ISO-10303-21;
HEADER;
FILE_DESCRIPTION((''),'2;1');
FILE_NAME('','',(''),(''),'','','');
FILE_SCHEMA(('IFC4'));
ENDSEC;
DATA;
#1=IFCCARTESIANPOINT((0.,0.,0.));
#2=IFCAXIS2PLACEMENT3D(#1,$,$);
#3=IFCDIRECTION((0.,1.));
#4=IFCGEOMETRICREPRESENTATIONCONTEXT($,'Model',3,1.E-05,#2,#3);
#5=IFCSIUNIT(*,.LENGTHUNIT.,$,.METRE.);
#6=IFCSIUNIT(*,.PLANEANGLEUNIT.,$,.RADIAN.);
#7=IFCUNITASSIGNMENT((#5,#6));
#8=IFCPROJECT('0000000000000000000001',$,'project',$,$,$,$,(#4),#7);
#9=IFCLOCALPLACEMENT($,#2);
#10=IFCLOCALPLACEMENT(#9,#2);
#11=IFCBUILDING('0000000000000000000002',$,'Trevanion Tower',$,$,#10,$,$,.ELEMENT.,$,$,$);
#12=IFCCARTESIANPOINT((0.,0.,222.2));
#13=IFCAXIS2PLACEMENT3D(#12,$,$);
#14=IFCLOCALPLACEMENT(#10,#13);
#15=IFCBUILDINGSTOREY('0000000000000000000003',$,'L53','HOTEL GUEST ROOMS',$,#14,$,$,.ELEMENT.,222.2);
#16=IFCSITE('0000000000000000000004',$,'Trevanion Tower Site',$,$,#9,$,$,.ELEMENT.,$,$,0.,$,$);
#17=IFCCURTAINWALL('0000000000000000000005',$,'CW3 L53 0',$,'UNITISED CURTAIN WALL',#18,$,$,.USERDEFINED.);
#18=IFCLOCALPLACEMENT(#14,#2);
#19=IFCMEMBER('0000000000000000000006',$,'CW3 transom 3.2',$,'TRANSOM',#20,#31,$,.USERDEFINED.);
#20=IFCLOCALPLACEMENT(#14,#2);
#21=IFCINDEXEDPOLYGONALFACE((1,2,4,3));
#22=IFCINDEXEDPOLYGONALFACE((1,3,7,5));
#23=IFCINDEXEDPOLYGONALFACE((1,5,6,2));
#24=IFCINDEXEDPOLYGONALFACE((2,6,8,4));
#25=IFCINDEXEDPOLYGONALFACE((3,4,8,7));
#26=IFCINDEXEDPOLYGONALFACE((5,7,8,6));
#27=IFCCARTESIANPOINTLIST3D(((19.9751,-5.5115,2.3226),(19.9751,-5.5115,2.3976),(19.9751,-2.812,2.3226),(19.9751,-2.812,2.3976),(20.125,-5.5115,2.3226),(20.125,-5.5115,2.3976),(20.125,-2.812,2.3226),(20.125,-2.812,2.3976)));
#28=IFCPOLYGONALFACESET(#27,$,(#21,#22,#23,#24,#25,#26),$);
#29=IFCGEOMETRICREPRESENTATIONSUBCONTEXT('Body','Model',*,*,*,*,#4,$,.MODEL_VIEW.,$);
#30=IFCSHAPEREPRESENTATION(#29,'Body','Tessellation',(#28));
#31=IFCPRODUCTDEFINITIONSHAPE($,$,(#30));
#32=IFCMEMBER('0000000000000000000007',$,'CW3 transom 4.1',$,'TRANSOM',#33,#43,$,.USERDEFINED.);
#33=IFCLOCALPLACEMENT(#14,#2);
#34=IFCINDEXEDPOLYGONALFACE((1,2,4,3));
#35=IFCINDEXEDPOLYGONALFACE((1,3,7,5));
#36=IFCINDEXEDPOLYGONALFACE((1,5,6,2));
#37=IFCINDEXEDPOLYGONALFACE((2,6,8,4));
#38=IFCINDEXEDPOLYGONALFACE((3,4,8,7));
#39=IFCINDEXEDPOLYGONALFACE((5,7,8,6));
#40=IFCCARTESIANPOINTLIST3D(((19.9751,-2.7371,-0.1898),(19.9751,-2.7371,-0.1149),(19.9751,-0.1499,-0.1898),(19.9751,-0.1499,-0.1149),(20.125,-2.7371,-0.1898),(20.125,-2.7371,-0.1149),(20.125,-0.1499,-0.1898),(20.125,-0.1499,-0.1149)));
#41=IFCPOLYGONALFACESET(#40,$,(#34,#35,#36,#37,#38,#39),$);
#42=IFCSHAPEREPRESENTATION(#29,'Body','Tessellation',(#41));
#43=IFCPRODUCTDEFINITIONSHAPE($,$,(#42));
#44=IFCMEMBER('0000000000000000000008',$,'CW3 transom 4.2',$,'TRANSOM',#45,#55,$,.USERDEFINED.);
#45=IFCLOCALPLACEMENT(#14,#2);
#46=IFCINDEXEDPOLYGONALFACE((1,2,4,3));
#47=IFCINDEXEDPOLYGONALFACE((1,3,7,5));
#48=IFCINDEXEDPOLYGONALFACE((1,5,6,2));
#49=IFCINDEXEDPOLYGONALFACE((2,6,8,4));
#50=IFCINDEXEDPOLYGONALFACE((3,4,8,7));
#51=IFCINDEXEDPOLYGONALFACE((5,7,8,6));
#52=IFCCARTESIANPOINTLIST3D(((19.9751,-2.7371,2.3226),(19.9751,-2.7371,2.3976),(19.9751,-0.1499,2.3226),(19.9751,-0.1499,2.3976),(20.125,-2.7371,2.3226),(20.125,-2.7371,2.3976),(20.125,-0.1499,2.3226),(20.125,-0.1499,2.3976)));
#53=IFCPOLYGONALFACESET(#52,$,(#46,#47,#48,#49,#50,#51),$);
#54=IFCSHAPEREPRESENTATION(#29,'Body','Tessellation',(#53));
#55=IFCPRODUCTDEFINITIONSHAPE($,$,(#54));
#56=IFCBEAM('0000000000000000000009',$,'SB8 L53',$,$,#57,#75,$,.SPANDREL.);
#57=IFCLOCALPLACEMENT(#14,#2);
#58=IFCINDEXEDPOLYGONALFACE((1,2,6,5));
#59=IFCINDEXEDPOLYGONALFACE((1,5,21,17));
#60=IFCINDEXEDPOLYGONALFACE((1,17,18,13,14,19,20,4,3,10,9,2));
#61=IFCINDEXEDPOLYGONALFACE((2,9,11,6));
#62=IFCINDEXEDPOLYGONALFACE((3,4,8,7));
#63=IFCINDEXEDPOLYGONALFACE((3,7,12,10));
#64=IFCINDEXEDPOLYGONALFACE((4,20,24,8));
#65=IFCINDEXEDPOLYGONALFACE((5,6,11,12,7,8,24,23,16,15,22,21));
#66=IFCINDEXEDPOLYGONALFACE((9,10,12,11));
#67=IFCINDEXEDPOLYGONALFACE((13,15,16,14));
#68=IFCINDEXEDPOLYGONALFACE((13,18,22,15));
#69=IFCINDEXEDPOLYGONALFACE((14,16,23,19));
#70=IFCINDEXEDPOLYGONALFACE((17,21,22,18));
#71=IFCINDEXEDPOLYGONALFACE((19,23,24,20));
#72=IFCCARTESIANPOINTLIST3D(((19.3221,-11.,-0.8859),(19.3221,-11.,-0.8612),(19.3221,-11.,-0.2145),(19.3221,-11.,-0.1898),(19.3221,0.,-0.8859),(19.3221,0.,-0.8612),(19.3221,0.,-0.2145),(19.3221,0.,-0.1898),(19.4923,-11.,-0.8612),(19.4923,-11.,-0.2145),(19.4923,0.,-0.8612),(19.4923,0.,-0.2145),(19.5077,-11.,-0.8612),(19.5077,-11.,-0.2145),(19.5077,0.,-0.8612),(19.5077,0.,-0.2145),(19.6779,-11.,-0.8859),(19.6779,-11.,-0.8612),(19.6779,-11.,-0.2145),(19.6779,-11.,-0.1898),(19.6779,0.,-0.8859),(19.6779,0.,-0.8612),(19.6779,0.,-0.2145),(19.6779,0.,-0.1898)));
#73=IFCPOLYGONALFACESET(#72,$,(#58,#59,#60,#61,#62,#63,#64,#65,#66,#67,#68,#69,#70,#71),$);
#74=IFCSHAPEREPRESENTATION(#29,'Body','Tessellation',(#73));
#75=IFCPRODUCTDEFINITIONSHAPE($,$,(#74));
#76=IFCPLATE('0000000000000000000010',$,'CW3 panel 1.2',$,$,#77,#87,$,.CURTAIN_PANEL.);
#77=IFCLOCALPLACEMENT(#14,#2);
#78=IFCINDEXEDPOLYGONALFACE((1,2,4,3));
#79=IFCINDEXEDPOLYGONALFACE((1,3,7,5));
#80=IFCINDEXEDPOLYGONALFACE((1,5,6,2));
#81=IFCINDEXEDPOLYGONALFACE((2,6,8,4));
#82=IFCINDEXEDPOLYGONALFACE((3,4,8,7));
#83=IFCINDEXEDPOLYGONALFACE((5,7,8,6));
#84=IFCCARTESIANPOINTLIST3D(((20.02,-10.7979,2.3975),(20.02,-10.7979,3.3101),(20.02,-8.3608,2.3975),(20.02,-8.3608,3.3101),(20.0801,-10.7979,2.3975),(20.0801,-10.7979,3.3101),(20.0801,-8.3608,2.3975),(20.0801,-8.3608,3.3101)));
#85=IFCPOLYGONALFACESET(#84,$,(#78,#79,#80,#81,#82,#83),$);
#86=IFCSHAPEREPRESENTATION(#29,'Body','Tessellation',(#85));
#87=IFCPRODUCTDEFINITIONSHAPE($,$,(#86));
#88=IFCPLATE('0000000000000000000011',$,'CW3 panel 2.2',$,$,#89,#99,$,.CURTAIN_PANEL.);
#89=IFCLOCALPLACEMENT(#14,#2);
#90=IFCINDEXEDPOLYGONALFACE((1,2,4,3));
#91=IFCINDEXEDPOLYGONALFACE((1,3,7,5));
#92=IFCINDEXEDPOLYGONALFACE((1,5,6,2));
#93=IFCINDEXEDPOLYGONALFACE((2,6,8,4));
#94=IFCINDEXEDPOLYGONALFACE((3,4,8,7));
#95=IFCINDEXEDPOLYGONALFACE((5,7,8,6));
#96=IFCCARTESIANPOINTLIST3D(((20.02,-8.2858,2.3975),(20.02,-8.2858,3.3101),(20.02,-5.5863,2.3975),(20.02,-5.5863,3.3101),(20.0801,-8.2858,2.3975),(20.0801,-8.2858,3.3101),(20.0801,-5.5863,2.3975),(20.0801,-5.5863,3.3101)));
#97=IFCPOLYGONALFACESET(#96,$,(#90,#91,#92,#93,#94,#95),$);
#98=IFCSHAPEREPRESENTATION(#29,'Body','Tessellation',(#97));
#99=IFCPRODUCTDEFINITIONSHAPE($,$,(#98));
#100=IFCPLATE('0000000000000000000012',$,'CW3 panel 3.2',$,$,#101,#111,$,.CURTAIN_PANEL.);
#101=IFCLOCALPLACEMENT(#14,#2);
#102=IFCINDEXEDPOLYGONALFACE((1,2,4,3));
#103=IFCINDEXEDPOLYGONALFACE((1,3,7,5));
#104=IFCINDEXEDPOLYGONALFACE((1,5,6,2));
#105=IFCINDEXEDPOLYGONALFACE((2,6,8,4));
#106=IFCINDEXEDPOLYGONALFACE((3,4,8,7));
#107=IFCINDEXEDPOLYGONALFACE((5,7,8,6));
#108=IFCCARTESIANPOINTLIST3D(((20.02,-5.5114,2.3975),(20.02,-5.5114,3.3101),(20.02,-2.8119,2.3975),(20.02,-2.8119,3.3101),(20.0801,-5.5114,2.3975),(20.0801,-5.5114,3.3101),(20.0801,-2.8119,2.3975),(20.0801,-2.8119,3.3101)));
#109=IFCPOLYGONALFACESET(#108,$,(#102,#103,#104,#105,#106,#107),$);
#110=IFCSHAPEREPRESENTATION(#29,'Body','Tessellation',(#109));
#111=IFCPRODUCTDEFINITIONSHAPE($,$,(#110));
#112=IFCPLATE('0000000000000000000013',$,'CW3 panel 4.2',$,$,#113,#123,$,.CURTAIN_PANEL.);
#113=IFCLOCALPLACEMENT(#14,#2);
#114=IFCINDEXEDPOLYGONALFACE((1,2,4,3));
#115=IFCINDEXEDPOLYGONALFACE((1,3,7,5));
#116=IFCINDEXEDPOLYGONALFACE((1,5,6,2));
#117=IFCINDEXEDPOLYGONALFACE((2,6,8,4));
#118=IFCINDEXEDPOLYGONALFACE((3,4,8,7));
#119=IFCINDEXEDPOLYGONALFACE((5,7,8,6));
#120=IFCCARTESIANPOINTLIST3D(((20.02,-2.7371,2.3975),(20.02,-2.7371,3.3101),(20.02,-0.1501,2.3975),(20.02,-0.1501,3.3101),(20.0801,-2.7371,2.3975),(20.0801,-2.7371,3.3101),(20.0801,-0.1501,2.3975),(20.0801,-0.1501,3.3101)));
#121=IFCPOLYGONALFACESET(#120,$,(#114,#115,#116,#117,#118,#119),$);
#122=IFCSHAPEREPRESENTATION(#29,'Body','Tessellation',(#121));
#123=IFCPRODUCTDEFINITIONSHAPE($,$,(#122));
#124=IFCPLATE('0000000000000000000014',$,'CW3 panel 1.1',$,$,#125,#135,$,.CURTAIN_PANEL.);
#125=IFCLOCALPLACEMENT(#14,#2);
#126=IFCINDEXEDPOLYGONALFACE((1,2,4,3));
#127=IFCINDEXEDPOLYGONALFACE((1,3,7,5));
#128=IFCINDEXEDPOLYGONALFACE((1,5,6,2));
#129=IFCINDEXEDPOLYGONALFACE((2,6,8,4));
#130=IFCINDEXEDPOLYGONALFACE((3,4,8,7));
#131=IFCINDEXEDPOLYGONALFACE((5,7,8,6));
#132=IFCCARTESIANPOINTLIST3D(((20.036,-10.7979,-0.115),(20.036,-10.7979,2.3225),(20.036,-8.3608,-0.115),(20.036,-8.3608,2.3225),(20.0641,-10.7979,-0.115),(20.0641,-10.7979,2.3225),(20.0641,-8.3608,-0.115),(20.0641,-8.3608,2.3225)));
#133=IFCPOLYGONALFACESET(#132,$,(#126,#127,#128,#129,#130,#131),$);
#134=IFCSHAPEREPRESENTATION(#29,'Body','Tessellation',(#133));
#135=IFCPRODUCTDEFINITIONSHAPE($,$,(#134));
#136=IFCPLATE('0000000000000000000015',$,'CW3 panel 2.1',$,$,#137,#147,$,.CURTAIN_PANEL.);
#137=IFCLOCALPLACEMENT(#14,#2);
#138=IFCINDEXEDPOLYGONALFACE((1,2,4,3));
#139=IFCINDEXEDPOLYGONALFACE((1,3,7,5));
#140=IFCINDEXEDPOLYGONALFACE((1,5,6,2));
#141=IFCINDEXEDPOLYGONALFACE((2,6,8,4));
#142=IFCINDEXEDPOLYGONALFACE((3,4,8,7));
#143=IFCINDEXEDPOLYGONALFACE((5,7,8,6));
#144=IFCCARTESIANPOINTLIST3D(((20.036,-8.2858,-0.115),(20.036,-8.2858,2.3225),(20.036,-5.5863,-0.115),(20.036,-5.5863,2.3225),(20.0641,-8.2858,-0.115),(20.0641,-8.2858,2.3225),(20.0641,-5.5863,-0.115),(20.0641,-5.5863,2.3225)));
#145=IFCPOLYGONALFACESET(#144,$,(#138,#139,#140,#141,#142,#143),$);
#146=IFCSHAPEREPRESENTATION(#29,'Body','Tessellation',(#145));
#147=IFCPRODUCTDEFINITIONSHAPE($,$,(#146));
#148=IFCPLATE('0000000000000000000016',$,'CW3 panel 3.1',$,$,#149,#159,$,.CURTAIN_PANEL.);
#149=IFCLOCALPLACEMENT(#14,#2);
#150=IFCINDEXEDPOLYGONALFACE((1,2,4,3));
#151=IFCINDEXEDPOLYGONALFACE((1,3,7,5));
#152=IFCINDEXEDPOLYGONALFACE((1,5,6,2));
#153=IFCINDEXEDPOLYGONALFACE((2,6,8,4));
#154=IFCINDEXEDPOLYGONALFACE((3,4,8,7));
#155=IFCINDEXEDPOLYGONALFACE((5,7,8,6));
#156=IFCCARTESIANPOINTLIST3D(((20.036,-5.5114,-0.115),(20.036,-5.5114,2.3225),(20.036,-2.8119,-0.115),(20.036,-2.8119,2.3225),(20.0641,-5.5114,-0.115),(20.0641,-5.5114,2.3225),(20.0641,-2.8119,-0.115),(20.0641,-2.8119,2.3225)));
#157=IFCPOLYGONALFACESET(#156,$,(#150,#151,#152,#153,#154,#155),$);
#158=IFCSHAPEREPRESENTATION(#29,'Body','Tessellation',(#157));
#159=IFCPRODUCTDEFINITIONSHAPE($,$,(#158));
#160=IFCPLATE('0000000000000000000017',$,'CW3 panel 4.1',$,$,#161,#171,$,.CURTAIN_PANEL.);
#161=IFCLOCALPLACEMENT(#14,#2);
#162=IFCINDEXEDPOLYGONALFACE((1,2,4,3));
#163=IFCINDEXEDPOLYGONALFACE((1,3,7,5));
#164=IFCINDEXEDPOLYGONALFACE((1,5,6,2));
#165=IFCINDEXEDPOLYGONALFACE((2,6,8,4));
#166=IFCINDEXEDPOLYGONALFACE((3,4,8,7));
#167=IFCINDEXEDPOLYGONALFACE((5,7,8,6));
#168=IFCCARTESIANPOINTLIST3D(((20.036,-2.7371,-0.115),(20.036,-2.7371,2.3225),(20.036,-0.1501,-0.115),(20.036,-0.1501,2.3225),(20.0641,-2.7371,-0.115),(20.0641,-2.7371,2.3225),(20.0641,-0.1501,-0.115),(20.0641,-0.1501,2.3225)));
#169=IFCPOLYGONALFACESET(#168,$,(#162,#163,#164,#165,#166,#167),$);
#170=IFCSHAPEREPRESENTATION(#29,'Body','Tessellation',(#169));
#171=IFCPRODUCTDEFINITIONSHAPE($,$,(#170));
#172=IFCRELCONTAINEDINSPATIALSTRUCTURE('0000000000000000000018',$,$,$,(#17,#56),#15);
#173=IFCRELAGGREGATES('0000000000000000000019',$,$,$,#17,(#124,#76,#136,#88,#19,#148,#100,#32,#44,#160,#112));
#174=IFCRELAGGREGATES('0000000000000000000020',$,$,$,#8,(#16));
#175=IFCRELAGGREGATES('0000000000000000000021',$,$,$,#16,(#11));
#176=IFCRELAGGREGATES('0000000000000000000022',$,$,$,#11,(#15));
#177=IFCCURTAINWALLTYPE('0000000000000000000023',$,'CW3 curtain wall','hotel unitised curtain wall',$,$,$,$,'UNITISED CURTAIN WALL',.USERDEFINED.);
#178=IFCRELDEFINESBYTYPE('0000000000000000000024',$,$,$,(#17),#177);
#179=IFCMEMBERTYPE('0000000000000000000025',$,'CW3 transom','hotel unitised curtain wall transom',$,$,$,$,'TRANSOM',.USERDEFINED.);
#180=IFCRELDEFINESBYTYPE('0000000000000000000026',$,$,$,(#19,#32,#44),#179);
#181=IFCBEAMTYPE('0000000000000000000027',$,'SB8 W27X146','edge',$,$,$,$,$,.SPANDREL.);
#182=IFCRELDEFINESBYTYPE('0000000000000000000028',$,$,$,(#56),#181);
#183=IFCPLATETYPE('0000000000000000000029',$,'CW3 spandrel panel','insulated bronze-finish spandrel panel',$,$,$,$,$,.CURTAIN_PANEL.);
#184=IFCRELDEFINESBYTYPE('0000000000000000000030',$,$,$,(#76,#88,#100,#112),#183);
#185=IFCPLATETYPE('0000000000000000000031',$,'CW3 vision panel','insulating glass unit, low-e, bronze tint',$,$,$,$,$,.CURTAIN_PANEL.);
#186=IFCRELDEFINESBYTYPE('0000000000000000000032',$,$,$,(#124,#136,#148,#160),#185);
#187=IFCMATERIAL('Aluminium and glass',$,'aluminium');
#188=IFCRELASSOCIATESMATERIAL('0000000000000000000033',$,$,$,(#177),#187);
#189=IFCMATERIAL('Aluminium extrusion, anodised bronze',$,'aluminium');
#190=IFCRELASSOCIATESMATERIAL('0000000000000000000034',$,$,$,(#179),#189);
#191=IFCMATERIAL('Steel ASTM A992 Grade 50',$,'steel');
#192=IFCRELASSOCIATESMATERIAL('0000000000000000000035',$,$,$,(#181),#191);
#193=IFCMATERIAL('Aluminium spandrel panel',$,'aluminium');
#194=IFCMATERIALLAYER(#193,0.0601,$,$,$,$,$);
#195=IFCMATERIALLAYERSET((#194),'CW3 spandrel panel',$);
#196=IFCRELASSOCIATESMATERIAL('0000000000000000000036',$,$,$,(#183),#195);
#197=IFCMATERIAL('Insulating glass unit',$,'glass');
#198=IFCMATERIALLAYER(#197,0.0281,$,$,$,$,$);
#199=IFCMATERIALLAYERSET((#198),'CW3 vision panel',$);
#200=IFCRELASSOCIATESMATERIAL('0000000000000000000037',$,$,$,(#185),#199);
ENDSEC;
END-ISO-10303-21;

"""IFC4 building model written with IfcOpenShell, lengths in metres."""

from ifc_helpers import new_model, si_unit, direction, frame, origin, origin_2d, place, context, subcontext, project, spatial, rectangle, i_section, extrude, material, layer, layer_set, material_profile, profile_set, type_object, element, aggregate, save


model = new_model("IFC4")

# Units and contexts
model_context = context("Model", 3, precision=1e-05, world=origin(), true_north=direction((0.0, 1.0)))
body_context = subcontext(model_context, "Body", "Model", "MODEL_VIEW")
ifc_project = project(units=[si_unit("LENGTHUNIT", "METRE"), si_unit("PLANEANGLEUNIT", "RADIAN")], contexts=[model_context])

# Site, building, storey
site_placement = place(None, origin())
site = spatial("IfcSite", under=ifc_project, at=site_placement, Name="Trevanion Tower Site", CompositionType="ELEMENT", RefElevation=0.0)
building_placement = place(site_placement, origin())
building = spatial("IfcBuilding", under=site, at=building_placement, Name="Trevanion Tower", CompositionType="ELEMENT")
storey_placement = place(building_placement, frame((0.0, 0.0, 222.2)))
storey = spatial("IfcBuildingStorey", under=building, at=storey_placement, Name="L53", Description="HOTEL GUEST ROOMS", CompositionType="ELEMENT", Elevation=222.2)

# Curtain wall, members
ifc_material_1 = material(Name="Aluminium and glass", Category="aluminium")
curtain_wall_type = type_object("IfcCurtainWallType", Name="CW3 curtain wall", Description="hotel unitised curtain wall", ElementType="UNITISED CURTAIN WALL", PredefinedType="USERDEFINED", material=ifc_material_1)
curtain_wall_placement = place(storey_placement, origin())
curtain_wall = element("IfcCurtainWall", 1, at=curtain_wall_placement, inside=storey, type_object=curtain_wall_type, Name="CW3 L53 0", ObjectType="UNITISED CURTAIN WALL", PredefinedType="USERDEFINED")
ifc_material_2 = material(Name="Aluminium extrusion, anodised bronze", Category="aluminium")
ifc_material_profile_1 = material_profile(ifc_material_2, rectangle(XDim=0.1499, YDim=0.075, at=origin_2d()), Name="CW3 transom")
ifc_profile_set_1 = profile_set([ifc_material_profile_1], Name="Aluminium extrusion, anodised bronze")
member_type_1 = type_object("IfcMemberType", Name="CW3 transom", Description="hotel unitised curtain wall transom", ElementType="TRANSOM", PredefinedType="USERDEFINED", material=ifc_profile_set_1)
member_1_placement = place(storey_placement, frame((20.05, -5.5115, 2.3601), z_axis=(0.0, 1.0, 0.0), x_axis=(-1.0, 0.0, 0.0)))
member_1 = element("IfcMember", 2, at=member_1_placement, type_object=member_type_1, Name="CW3 transom 3.2", ObjectType="TRANSOM", PredefinedType="USERDEFINED", context=body_context, shape_type="SweptSolid", body=[
    extrude(rectangle(XDim=0.1499, YDim=0.075, at=origin_2d()), origin(), (0.0, 0.0, 1.0), 2.6995),
])
member_2_placement = place(storey_placement, frame((20.05, -2.7371, -0.1523), z_axis=(0.0, 1.0, 0.0), x_axis=(-1.0, 0.0, 0.0)))
member_2 = element("IfcMember", 3, at=member_2_placement, type_object=member_type_1, Name="CW3 transom 4.1", ObjectType="TRANSOM", PredefinedType="USERDEFINED", context=body_context, shape_type="SweptSolid", body=[
    extrude(rectangle(XDim=0.1499, YDim=0.075, at=origin_2d()), origin(), (0.0, 0.0, 1.0), 2.5872),
])
member_3_placement = place(storey_placement, frame((20.05, -2.7371, 2.3601), z_axis=(0.0, 1.0, 0.0), x_axis=(-1.0, 0.0, 0.0)))
member_3 = element("IfcMember", 4, at=member_3_placement, type_object=member_type_1, Name="CW3 transom 4.2", ObjectType="TRANSOM", PredefinedType="USERDEFINED", context=body_context, shape_type="SweptSolid", body=[
    extrude(rectangle(XDim=0.1499, YDim=0.075, at=origin_2d()), origin(), (0.0, 0.0, 1.0), 2.5872),
])

# Beam
ifc_material_3 = material(Name="Steel ASTM A992 Grade 50", Category="steel")
ifc_material_profile_2 = material_profile(ifc_material_3, i_section(OverallWidth=0.3557, OverallDepth=0.696, WebThickness=0.0154, FlangeThickness=0.0247, at=origin_2d()), Name="W27X146")
ifc_profile_set_2 = profile_set([ifc_material_profile_2], Name="Steel ASTM A992 Grade 50")
beam_type_1 = type_object("IfcBeamType", Name="SB8 W27X146", Description="edge", PredefinedType="SPANDREL", material=ifc_profile_set_2)
beam_placement = place(storey_placement, frame((19.5, -11.0, -0.5378), z_axis=(0.0, 1.0, 0.0), x_axis=(-1.0, 0.0, 0.0)))
element("IfcBeam", 5, at=beam_placement, inside=storey, type_object=beam_type_1, Name="SB8 L53", PredefinedType="SPANDREL", context=body_context, shape_type="SweptSolid", body=[
    extrude(i_section(OverallWidth=0.3557, OverallDepth=0.696, WebThickness=0.0154, FlangeThickness=0.0247, at=origin_2d()), origin(), (0.0, 0.0, 1.0), 11.0),
])

# Plates
ifc_material_4 = material(Name="Aluminium spandrel panel", Category="aluminium")
ifc_layer_1 = layer(ifc_material_4, 0.0601)
ifc_layer_set_1 = layer_set([ifc_layer_1], Name="CW3 spandrel panel")
plate_type_1 = type_object("IfcPlateType", Name="CW3 spandrel panel", Description="insulated bronze-finish spandrel panel", PredefinedType="CURTAIN_PANEL", material=ifc_layer_set_1)
plate_1_placement = place(storey_placement, frame((20.05, -9.5793, 2.3975), z_axis=(0.0, 0.0, 1.0), x_axis=(0.0, 1.0, 0.0)))
plate_1 = element("IfcPlate", 6, at=plate_1_placement, type_object=plate_type_1, Name="CW3 panel 1.2", PredefinedType="CURTAIN_PANEL", context=body_context, shape_type="SweptSolid", body=[
    extrude(rectangle(XDim=2.437, YDim=0.0601, at=origin_2d()), origin(), (0.0, 0.0, 1.0), 0.9126),
])
plate_2_placement = place(storey_placement, frame((20.05, -6.936, 2.3975), z_axis=(0.0, 0.0, 1.0), x_axis=(0.0, 1.0, 0.0)))
plate_2 = element("IfcPlate", 7, at=plate_2_placement, type_object=plate_type_1, Name="CW3 panel 2.2", PredefinedType="CURTAIN_PANEL", context=body_context, shape_type="SweptSolid", body=[
    extrude(rectangle(XDim=2.6995, YDim=0.0601, at=origin_2d()), origin(), (0.0, 0.0, 1.0), 0.9126),
])
plate_3_placement = place(storey_placement, frame((20.05, -4.1616, 2.3975), z_axis=(0.0, 0.0, 1.0), x_axis=(0.0, 1.0, 0.0)))
plate_3 = element("IfcPlate", 8, at=plate_3_placement, type_object=plate_type_1, Name="CW3 panel 3.2", PredefinedType="CURTAIN_PANEL", context=body_context, shape_type="SweptSolid", body=[
    extrude(rectangle(XDim=2.6995, YDim=0.0601, at=origin_2d()), origin(), (0.0, 0.0, 1.0), 0.9126),
])
plate_4_placement = place(storey_placement, frame((20.05, -1.4436, 2.3975), z_axis=(0.0, 0.0, 1.0), x_axis=(0.0, 1.0, 0.0)))
plate_4 = element("IfcPlate", 9, at=plate_4_placement, type_object=plate_type_1, Name="CW3 panel 4.2", PredefinedType="CURTAIN_PANEL", context=body_context, shape_type="SweptSolid", body=[
    extrude(rectangle(XDim=2.5869, YDim=0.0601, at=origin_2d()), origin(), (0.0, 0.0, 1.0), 0.9126),
])
ifc_material_5 = material(Name="Insulating glass unit", Category="glass")
ifc_layer_2 = layer(ifc_material_5, 0.0281)
ifc_layer_set_2 = layer_set([ifc_layer_2], Name="CW3 vision panel")
plate_type_2 = type_object("IfcPlateType", Name="CW3 vision panel", Description="insulating glass unit, low-e, bronze tint", PredefinedType="CURTAIN_PANEL", material=ifc_layer_set_2)
plate_5_placement = place(storey_placement, frame((20.05, -9.5793, -0.115), z_axis=(0.0, 0.0, 1.0), x_axis=(0.0, 1.0, 0.0)))
plate_5 = element("IfcPlate", 10, at=plate_5_placement, type_object=plate_type_2, Name="CW3 panel 1.1", PredefinedType="CURTAIN_PANEL", context=body_context, shape_type="SweptSolid", body=[
    extrude(rectangle(XDim=2.437, YDim=0.0281, at=origin_2d()), origin(), (0.0, 0.0, 1.0), 2.4375),
])
plate_6_placement = place(storey_placement, frame((20.05, -6.936, -0.115), z_axis=(0.0, 0.0, 1.0), x_axis=(0.0, 1.0, 0.0)))
plate_6 = element("IfcPlate", 11, at=plate_6_placement, type_object=plate_type_2, Name="CW3 panel 2.1", PredefinedType="CURTAIN_PANEL", context=body_context, shape_type="SweptSolid", body=[
    extrude(rectangle(XDim=2.6995, YDim=0.0281, at=origin_2d()), origin(), (0.0, 0.0, 1.0), 2.4375),
])
plate_7_placement = place(storey_placement, frame((20.05, -4.1616, -0.115), z_axis=(0.0, 0.0, 1.0), x_axis=(0.0, 1.0, 0.0)))
plate_7 = element("IfcPlate", 12, at=plate_7_placement, type_object=plate_type_2, Name="CW3 panel 3.1", PredefinedType="CURTAIN_PANEL", context=body_context, shape_type="SweptSolid", body=[
    extrude(rectangle(XDim=2.6995, YDim=0.0281, at=origin_2d()), origin(), (0.0, 0.0, 1.0), 2.4375),
])
plate_8_placement = place(storey_placement, frame((20.05, -1.4436, -0.115), z_axis=(0.0, 0.0, 1.0), x_axis=(0.0, 1.0, 0.0)))
plate_8 = element("IfcPlate", 13, at=plate_8_placement, type_object=plate_type_2, Name="CW3 panel 4.1", PredefinedType="CURTAIN_PANEL", context=body_context, shape_type="SweptSolid", body=[
    extrude(rectangle(XDim=2.5869, YDim=0.0281, at=origin_2d()), origin(), (0.0, 0.0, 1.0), 2.4375),
])
aggregate(curtain_wall, [plate_5, plate_1, plate_6, plate_2, member_1, plate_7, plate_3, member_2, member_3, plate_8, plate_4])

save(model, "model.ifc")
